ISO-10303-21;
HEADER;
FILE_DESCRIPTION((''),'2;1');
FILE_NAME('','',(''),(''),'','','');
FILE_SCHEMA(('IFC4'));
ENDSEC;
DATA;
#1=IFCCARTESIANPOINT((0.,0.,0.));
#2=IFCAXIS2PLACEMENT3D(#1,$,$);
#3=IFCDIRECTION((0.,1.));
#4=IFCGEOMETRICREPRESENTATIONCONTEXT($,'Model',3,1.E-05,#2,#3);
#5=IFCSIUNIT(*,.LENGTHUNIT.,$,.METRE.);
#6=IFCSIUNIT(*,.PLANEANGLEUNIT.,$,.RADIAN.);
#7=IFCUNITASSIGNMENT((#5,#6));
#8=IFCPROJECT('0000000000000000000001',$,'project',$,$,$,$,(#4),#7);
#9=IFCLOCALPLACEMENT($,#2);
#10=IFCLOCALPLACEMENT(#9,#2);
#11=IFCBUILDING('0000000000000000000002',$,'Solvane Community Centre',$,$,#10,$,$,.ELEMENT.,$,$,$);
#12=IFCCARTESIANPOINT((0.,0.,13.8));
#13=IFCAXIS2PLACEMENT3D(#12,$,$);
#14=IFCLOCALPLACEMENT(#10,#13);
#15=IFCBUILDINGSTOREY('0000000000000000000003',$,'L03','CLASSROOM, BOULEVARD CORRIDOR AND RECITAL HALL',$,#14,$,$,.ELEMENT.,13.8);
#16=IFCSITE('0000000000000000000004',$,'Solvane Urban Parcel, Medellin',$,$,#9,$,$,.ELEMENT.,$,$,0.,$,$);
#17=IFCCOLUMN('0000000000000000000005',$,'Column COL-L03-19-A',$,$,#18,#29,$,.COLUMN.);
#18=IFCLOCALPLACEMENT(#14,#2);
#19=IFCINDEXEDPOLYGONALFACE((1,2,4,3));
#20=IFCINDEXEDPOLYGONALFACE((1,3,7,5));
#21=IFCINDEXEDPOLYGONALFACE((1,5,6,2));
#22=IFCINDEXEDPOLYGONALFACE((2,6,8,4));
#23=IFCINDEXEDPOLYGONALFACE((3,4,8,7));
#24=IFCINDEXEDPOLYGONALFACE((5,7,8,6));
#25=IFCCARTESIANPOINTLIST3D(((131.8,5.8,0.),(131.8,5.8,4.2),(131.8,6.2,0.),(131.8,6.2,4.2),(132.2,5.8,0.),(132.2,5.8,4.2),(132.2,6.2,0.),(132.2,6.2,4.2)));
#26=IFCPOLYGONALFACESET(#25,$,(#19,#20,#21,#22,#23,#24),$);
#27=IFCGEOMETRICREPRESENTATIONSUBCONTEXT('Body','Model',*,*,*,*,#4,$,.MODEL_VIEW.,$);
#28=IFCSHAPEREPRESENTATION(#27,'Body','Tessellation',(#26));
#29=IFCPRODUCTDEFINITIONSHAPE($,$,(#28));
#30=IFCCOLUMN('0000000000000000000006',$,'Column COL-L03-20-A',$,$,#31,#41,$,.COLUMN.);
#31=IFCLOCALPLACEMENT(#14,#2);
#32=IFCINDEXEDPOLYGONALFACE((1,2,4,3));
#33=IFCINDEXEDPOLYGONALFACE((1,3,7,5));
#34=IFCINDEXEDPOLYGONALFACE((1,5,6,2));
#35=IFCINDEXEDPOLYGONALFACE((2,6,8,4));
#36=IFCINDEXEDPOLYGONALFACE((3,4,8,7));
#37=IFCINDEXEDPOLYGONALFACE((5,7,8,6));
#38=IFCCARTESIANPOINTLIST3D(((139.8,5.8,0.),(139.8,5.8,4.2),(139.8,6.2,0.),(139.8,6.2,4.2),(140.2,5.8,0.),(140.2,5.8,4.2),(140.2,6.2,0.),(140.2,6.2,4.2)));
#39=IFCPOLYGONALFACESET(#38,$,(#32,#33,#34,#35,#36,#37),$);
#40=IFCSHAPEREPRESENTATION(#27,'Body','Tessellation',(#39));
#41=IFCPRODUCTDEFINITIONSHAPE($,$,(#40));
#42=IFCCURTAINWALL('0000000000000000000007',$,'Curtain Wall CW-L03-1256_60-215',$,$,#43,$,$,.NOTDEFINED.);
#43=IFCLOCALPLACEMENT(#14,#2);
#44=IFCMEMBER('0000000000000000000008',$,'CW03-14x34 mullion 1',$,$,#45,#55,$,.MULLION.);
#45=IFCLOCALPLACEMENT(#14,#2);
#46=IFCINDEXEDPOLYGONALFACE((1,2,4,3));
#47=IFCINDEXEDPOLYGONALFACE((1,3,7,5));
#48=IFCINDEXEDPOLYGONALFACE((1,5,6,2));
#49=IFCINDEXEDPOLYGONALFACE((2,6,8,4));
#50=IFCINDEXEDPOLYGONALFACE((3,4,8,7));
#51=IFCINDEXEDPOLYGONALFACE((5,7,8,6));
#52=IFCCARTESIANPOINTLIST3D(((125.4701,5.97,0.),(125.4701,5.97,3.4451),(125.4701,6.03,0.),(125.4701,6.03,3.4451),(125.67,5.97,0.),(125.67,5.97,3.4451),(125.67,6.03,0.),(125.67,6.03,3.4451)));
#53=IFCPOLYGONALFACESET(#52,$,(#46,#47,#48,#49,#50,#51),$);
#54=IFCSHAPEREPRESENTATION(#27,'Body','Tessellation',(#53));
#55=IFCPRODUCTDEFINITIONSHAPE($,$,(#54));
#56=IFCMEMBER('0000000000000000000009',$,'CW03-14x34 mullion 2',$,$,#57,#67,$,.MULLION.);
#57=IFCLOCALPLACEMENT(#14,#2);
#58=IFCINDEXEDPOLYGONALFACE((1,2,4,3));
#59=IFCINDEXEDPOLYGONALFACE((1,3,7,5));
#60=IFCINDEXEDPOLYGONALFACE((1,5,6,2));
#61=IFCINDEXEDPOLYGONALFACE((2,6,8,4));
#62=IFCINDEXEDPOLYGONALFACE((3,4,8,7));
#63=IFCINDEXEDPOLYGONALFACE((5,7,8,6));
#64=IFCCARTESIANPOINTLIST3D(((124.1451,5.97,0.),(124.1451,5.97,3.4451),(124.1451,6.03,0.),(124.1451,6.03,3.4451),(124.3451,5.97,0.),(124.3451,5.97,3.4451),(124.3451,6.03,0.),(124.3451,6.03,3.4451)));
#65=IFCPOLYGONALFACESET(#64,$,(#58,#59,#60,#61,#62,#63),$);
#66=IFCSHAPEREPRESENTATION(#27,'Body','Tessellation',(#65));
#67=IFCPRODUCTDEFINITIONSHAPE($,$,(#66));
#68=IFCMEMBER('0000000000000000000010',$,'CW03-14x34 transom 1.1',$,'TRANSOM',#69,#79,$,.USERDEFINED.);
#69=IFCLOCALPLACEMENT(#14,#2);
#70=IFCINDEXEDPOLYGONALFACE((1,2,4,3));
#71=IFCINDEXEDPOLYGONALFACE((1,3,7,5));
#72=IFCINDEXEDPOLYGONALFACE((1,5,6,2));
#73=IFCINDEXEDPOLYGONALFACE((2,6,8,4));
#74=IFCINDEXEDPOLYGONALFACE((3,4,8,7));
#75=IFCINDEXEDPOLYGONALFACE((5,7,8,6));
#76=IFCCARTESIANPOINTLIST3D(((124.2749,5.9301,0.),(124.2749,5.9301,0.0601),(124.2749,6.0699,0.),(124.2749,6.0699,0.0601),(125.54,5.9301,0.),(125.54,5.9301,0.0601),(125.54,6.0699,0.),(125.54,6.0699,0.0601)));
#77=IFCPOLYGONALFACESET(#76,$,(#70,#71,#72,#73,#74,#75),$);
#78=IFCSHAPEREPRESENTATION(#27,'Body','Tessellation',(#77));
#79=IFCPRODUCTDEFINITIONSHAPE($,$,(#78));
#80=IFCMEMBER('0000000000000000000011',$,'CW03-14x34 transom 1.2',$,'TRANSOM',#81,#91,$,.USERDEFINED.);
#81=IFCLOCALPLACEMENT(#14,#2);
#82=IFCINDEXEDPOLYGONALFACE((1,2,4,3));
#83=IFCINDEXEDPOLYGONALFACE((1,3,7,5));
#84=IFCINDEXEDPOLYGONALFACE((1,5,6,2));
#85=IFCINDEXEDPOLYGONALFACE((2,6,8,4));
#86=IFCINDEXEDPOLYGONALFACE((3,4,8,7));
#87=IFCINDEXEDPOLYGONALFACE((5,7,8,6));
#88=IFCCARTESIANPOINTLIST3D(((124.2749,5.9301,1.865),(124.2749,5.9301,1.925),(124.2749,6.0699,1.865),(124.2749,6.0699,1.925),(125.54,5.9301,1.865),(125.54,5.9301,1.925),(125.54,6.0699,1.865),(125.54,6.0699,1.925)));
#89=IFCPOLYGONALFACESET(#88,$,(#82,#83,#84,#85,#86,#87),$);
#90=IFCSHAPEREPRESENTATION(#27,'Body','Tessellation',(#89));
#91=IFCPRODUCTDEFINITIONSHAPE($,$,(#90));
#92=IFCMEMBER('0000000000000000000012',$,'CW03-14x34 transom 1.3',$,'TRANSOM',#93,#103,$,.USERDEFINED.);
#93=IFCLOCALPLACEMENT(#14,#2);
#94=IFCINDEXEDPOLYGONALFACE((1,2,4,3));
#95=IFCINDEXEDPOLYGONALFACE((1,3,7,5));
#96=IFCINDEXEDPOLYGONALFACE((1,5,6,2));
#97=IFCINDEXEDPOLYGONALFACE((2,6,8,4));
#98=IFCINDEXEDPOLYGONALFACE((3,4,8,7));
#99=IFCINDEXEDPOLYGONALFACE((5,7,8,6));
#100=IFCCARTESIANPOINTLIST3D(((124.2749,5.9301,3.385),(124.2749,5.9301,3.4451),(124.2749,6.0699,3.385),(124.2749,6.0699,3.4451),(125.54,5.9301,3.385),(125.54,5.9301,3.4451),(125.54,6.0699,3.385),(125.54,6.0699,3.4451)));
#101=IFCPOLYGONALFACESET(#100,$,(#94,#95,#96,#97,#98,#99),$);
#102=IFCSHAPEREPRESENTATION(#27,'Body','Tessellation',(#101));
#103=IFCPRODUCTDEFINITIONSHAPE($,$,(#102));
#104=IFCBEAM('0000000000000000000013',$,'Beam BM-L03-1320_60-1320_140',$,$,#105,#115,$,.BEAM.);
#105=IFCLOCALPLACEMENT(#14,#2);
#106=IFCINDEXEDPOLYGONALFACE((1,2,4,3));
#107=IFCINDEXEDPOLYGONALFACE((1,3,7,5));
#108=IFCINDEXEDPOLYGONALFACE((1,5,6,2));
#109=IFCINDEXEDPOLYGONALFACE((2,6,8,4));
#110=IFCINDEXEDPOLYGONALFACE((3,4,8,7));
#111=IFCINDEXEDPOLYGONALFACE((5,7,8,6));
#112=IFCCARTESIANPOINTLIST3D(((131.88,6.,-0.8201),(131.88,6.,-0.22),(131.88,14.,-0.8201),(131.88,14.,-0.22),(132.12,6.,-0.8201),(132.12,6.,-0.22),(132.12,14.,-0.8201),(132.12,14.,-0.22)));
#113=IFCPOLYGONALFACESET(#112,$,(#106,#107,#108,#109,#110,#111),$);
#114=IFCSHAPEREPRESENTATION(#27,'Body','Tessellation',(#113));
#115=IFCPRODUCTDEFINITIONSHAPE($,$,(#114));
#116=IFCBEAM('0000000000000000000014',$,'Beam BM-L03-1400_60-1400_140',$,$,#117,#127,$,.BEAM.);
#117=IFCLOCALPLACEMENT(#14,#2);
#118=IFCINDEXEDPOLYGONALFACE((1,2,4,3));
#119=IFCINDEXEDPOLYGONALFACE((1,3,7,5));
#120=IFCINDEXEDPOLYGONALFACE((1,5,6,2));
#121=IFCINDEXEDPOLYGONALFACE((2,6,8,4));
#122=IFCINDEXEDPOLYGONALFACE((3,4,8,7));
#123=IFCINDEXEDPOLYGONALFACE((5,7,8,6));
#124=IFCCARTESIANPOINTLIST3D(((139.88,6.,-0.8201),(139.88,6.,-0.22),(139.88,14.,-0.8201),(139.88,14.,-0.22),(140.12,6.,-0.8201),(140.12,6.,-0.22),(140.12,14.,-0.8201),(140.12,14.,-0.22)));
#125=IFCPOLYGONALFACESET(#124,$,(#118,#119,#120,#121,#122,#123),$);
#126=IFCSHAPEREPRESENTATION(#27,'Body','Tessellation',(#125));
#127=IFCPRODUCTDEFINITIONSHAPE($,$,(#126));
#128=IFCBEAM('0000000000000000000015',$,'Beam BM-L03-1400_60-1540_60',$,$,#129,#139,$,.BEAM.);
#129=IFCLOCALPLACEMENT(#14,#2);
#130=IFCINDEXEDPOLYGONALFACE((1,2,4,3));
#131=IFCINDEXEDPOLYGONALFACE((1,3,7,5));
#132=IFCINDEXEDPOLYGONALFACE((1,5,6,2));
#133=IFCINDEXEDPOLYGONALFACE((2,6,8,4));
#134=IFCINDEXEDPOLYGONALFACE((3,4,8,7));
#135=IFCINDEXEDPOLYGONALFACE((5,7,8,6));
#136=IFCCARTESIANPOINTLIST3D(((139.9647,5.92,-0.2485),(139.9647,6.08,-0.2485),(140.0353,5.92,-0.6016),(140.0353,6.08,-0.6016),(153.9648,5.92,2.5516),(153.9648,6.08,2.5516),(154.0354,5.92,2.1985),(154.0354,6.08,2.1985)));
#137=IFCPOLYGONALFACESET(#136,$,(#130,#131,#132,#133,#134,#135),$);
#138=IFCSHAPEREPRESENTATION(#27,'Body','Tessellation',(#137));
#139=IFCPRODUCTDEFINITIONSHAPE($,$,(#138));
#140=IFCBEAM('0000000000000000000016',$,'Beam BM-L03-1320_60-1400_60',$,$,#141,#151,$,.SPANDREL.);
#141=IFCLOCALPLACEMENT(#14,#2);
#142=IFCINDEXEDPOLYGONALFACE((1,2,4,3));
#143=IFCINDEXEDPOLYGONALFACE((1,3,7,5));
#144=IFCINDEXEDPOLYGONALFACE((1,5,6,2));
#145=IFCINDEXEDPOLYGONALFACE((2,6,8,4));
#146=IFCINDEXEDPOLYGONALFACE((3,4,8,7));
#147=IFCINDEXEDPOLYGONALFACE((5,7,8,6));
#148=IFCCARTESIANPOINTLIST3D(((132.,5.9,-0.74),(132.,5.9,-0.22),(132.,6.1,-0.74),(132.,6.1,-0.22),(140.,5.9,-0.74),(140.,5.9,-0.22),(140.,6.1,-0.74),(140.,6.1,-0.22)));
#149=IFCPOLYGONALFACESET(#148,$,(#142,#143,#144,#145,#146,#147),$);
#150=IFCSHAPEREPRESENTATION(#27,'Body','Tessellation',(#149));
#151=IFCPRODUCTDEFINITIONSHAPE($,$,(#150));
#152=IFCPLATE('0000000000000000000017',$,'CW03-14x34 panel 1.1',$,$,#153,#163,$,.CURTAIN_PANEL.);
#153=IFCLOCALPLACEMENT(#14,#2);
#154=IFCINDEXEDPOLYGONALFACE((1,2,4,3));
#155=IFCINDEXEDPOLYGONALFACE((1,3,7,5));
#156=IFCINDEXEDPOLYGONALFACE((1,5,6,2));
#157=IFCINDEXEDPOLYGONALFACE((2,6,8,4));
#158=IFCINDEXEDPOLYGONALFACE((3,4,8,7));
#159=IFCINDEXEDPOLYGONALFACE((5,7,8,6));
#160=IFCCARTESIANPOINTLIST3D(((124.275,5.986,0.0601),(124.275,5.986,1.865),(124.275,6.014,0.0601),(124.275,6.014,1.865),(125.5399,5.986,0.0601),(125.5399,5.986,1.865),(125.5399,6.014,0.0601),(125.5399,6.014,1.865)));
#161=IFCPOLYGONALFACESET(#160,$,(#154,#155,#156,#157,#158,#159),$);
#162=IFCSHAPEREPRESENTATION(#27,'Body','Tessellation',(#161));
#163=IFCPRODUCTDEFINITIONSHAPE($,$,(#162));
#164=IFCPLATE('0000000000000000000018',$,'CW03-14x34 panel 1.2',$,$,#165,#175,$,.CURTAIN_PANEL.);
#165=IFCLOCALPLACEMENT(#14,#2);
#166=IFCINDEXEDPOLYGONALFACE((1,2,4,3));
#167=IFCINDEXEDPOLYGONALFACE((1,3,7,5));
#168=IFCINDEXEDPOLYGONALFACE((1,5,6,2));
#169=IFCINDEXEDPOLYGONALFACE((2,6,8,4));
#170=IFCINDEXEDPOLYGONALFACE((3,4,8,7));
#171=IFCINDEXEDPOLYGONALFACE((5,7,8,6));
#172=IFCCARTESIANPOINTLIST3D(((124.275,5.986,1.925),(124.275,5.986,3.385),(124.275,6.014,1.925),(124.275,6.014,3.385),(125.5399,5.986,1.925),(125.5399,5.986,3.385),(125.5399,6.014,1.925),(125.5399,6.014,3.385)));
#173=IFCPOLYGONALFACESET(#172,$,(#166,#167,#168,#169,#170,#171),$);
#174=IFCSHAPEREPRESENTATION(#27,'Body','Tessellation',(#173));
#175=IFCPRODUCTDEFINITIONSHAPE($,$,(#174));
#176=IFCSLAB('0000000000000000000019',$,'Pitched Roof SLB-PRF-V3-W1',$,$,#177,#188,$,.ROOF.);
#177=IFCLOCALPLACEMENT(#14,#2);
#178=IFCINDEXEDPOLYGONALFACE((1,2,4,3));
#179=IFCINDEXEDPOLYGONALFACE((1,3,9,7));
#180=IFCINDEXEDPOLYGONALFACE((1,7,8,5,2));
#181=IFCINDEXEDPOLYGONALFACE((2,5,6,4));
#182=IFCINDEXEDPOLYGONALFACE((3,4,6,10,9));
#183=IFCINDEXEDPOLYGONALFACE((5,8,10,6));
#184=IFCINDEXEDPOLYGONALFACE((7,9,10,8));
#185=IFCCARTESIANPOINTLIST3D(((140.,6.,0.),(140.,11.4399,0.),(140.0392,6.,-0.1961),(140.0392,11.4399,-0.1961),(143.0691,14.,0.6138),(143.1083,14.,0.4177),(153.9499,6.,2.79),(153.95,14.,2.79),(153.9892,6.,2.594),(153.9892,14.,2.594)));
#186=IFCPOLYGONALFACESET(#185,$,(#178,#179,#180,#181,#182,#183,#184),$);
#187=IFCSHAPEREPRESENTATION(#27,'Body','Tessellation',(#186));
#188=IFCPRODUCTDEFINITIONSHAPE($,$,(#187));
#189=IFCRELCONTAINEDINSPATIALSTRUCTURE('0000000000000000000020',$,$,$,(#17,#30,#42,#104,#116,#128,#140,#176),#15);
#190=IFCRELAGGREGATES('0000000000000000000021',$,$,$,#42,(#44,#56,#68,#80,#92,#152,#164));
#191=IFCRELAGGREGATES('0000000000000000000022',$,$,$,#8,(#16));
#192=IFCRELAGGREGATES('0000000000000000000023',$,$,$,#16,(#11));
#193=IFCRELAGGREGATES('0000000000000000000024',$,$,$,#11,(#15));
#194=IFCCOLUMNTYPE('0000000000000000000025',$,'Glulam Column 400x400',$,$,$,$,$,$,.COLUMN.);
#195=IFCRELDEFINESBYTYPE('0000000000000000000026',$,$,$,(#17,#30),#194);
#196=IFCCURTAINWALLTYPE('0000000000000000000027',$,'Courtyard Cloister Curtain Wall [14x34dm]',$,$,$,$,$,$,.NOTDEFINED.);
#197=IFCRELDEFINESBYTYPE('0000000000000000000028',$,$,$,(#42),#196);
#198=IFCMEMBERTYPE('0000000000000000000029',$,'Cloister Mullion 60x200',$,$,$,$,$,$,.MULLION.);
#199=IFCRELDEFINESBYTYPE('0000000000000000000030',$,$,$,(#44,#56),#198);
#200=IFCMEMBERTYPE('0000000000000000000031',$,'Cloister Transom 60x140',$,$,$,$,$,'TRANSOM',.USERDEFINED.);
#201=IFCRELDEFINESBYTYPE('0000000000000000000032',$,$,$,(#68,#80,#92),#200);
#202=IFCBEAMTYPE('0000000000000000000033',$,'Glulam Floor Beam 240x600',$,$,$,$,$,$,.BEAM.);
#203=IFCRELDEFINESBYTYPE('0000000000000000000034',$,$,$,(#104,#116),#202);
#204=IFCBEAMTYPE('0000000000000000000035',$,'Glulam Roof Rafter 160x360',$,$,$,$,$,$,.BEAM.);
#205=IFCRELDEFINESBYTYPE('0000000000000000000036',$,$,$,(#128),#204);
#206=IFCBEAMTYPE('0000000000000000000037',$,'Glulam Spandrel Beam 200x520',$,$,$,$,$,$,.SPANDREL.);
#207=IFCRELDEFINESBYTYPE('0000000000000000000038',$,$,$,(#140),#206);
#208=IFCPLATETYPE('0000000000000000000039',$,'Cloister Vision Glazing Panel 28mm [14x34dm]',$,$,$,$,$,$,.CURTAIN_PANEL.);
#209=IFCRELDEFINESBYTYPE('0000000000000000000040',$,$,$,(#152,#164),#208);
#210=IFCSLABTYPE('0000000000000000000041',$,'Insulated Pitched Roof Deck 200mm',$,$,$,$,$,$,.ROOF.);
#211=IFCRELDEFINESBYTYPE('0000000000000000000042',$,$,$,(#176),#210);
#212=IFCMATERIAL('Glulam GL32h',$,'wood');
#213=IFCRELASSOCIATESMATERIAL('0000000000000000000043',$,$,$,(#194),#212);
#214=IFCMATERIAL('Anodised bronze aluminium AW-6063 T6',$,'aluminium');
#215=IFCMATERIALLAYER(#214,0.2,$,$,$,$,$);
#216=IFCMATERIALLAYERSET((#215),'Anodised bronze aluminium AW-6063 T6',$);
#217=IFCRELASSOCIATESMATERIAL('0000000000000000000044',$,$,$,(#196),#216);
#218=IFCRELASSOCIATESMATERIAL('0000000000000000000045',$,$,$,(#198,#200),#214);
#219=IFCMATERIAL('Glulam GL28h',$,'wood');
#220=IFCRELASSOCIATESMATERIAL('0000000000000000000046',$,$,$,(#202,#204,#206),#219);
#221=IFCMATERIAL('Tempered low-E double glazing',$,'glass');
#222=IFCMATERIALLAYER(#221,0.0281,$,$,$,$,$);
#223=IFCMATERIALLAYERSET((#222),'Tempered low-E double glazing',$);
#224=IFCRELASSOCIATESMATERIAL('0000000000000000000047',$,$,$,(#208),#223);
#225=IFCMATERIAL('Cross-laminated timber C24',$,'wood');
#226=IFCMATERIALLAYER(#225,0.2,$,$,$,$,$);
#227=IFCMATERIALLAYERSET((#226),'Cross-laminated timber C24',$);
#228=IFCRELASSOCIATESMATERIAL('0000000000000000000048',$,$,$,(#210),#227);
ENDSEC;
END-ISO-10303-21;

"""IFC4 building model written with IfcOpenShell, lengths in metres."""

from ifc_helpers import new_model, si_unit, direction, frame, origin, origin_2d, place, context, subcontext, project, spatial, polyline, rectangle, outline, extrude, material, layer, layer_set, material_profile, profile_set, type_object, element, aggregate, save


model = new_model("IFC4")

# Units and contexts
model_context = context("Model", 3, precision=1e-05, world=origin(), true_north=direction((0.0, 1.0)))
body_context = subcontext(model_context, "Body", "Model", "MODEL_VIEW")
ifc_project = project(units=[si_unit("LENGTHUNIT", "METRE"), si_unit("PLANEANGLEUNIT", "RADIAN")], contexts=[model_context])

# Site, building, storey
site_placement = place(None, origin())
site = spatial("IfcSite", under=ifc_project, at=site_placement, Name="Solvane Urban Parcel, Medellin", CompositionType="ELEMENT", RefElevation=0.0)
building_placement = place(site_placement, origin())
building = spatial("IfcBuilding", under=site, at=building_placement, Name="Solvane Community Centre", CompositionType="ELEMENT")
storey_placement = place(building_placement, frame((0.0, 0.0, 13.8)))
storey = spatial("IfcBuildingStorey", under=building, at=storey_placement, Name="L03", Description="CLASSROOM, BOULEVARD CORRIDOR AND RECITAL HALL", CompositionType="ELEMENT", Elevation=13.8)

# Columns
ifc_material_1 = material(Name="Glulam GL32h", Category="wood")
ifc_material_profile_1 = material_profile(ifc_material_1, rectangle(XDim=0.3999, YDim=0.3999, at=origin_2d()), Name="GL32h 400x400")
ifc_profile_set_1 = profile_set([ifc_material_profile_1], Name="Glulam GL32h")
column_type = type_object("IfcColumnType", Name="Glulam Column 400x400", PredefinedType="COLUMN", material=ifc_profile_set_1)
for number, where, z_axis, x_axis, name in (
    (1, (132.0, 6.0, 0.0), (0.0, 0.0, 1.0), (1.0, 0.0, 0.0), "Column COL-L03-19-A"),
    (2, (140.0, 6.0, 0.0), (0.0, 0.0, 1.0), (1.0, 0.0, 0.0), "Column COL-L03-20-A"),
):
    element("IfcColumn", number, at=place(storey_placement, frame(where, z_axis=z_axis, x_axis=x_axis)), inside=storey, type_object=column_type, Name=name, PredefinedType="COLUMN", context=body_context, shape_type="SweptSolid", body=[
        extrude(rectangle(XDim=0.3999, YDim=0.3999, at=origin_2d()), origin(), (0.0, 0.0, 1.0), 4.2),
    ])

# Curtain wall, members
ifc_material_2 = material(Name="Anodised bronze aluminium AW-6063 T6", Category="aluminium")
ifc_layer_1 = layer(ifc_material_2, 0.2)
ifc_layer_set_1 = layer_set([ifc_layer_1], Name="Anodised bronze aluminium AW-6063 T6")
curtain_wall_type = type_object("IfcCurtainWallType", Name="Courtyard Cloister Curtain Wall [14x34dm]", PredefinedType="NOTDEFINED", material=ifc_layer_set_1)
curtain_wall_placement = place(storey_placement, origin())
curtain_wall = element("IfcCurtainWall", 3, at=curtain_wall_placement, inside=storey, type_object=curtain_wall_type, Name="Curtain Wall CW-L03-1256_60-215", PredefinedType="NOTDEFINED")
ifc_material_profile_2 = material_profile(ifc_material_2, rectangle(XDim=0.0601, YDim=0.2, at=origin_2d()), Name="CW-M 60x200")
ifc_profile_set_2 = profile_set([ifc_material_profile_2], Name="Anodised bronze aluminium AW-6063 T6")
member_type_1 = type_object("IfcMemberType", Name="Cloister Mullion 60x200", PredefinedType="MULLION", material=ifc_profile_set_2)
member_1_placement = place(storey_placement, frame((125.5701, 6.0, 0.0), z_axis=(0.0, 0.0, 1.0), x_axis=(0.0, -1.0, 0.0)))
member_1 = element("IfcMember", 4, at=member_1_placement, type_object=member_type_1, Name="CW03-14x34 mullion 1", PredefinedType="MULLION", context=body_context, shape_type="SweptSolid", body=[
    extrude(rectangle(XDim=0.0601, YDim=0.2, at=origin_2d()), origin(), (0.0, 0.0, 1.0), 3.4451),
])
member_2_placement = place(storey_placement, frame((124.2451, 6.0, 0.0), z_axis=(0.0, 0.0, 1.0), x_axis=(0.0, -1.0, 0.0)))
member_2 = element("IfcMember", 5, at=member_2_placement, type_object=member_type_1, Name="CW03-14x34 mullion 2", PredefinedType="MULLION", context=body_context, shape_type="SweptSolid", body=[
    extrude(rectangle(XDim=0.0601, YDim=0.2, at=origin_2d()), origin(), (0.0, 0.0, 1.0), 3.4451),
])
ifc_material_profile_3 = material_profile(ifc_material_2, rectangle(XDim=0.1399, YDim=0.0601, at=origin_2d()), Name="CW-T 60x140")
ifc_profile_set_3 = profile_set([ifc_material_profile_3], Name="Anodised bronze aluminium AW-6063 T6")
member_type_2 = type_object("IfcMemberType", Name="Cloister Transom 60x140", ElementType="TRANSOM", PredefinedType="USERDEFINED", material=ifc_profile_set_3)
member_3_placement = place(storey_placement, frame((125.54, 6.0, 0.03), z_axis=(-1.0, 0.0, 0.0), x_axis=(0.0, -1.0, 0.0)))
member_3 = element("IfcMember", 6, at=member_3_placement, type_object=member_type_2, Name="CW03-14x34 transom 1.1", ObjectType="TRANSOM", PredefinedType="USERDEFINED", context=body_context, shape_type="SweptSolid", body=[
    extrude(rectangle(XDim=0.1399, YDim=0.0601, at=origin_2d()), origin(), (0.0, 0.0, 1.0), 1.2651),
])
member_4_placement = place(storey_placement, frame((125.54, 6.0, 1.895), z_axis=(-1.0, 0.0, 0.0), x_axis=(0.0, -1.0, 0.0)))
member_4 = element("IfcMember", 7, at=member_4_placement, type_object=member_type_2, Name="CW03-14x34 transom 1.2", ObjectType="TRANSOM", PredefinedType="USERDEFINED", context=body_context, shape_type="SweptSolid", body=[
    extrude(rectangle(XDim=0.1399, YDim=0.0601, at=origin_2d()), origin(), (0.0, 0.0, 1.0), 1.2651),
])
member_5_placement = place(storey_placement, frame((125.54, 6.0, 3.415), z_axis=(-1.0, 0.0, 0.0), x_axis=(0.0, -1.0, 0.0)))
member_5 = element("IfcMember", 8, at=member_5_placement, type_object=member_type_2, Name="CW03-14x34 transom 1.3", ObjectType="TRANSOM", PredefinedType="USERDEFINED", context=body_context, shape_type="SweptSolid", body=[
    extrude(rectangle(XDim=0.1399, YDim=0.0601, at=origin_2d()), origin(), (0.0, 0.0, 1.0), 1.2651),
])

# Beams
ifc_material_3 = material(Name="Glulam GL28h", Category="wood")
ifc_material_profile_4 = material_profile(ifc_material_3, rectangle(XDim=0.24, YDim=0.6001, at=origin_2d()), Name="GL28h 240x600")
ifc_profile_set_4 = profile_set([ifc_material_profile_4], Name="Glulam GL28h")
beam_type_1 = type_object("IfcBeamType", Name="Glulam Floor Beam 240x600", PredefinedType="BEAM", material=ifc_profile_set_4)
for number, where, z_axis, x_axis, name in (
    (9, (132.0, 6.0, -0.52), (0.0, 1.0, 0.0), (-1.0, 0.0, 0.0), "Beam BM-L03-1320_60-1320_140"),
    (10, (140.0, 6.0, -0.52), (0.0, 1.0, 0.0), (-1.0, 0.0, 0.0), "Beam BM-L03-1400_60-1400_140"),
):
    element("IfcBeam", number, at=place(storey_placement, frame(where, z_axis=z_axis, x_axis=x_axis)), inside=storey, type_object=beam_type_1, Name=name, PredefinedType="BEAM", context=body_context, shape_type="SweptSolid", body=[
        extrude(rectangle(XDim=0.24, YDim=0.6001, at=origin_2d()), origin(), (0.0, 0.0, 1.0), 8.0),
    ])
ifc_material_profile_5 = material_profile(ifc_material_3, rectangle(XDim=0.1599, YDim=0.3601, at=origin_2d()), Name="GL28h 160x360")
ifc_profile_set_5 = profile_set([ifc_material_profile_5], Name="Glulam GL28h")
beam_type_2 = type_object("IfcBeamType", Name="Glulam Roof Rafter 160x360", PredefinedType="BEAM", material=ifc_profile_set_5)
beam_1_placement = place(storey_placement, frame((140.0, 6.0, -0.425), z_axis=(0.98058, 0.0, 0.196119), x_axis=(0.0, 1.0, 0.0)))
element("IfcBeam", 11, at=beam_1_placement, inside=storey, type_object=beam_type_2, Name="Beam BM-L03-1400_60-1540_60", PredefinedType="BEAM", context=body_context, shape_type="SweptSolid", body=[
    extrude(rectangle(XDim=0.1599, YDim=0.3601, at=origin_2d()), origin(), (0.0, 0.0, 1.0), 14.2773),
])
ifc_material_profile_6 = material_profile(ifc_material_3, rectangle(XDim=0.2, YDim=0.52, at=origin_2d()), Name="GL28h 200x520")
ifc_profile_set_6 = profile_set([ifc_material_profile_6], Name="Glulam GL28h")
beam_type_3 = type_object("IfcBeamType", Name="Glulam Spandrel Beam 200x520", PredefinedType="SPANDREL", material=ifc_profile_set_6)
beam_2_placement = place(storey_placement, frame((132.0, 6.0, -0.48), z_axis=(1.0, 0.0, 0.0), x_axis=(0.0, 1.0, 0.0)))
element("IfcBeam", 12, at=beam_2_placement, inside=storey, type_object=beam_type_3, Name="Beam BM-L03-1320_60-1400_60", PredefinedType="SPANDREL", context=body_context, shape_type="SweptSolid", body=[
    extrude(rectangle(XDim=0.2, YDim=0.52, at=origin_2d()), origin(), (0.0, 0.0, 1.0), 8.0),
])

# Plates
ifc_material_4 = material(Name="Tempered low-E double glazing", Category="glass")
ifc_layer_2 = layer(ifc_material_4, 0.0281)
ifc_layer_set_2 = layer_set([ifc_layer_2], Name="Tempered low-E double glazing")
plate_type = type_object("IfcPlateType", Name="Cloister Vision Glazing Panel 28mm [14x34dm]", PredefinedType="CURTAIN_PANEL", material=ifc_layer_set_2)
plate_1_placement = place(storey_placement, frame((124.9075, 6.0, 0.0601), z_axis=(0.0, 0.0, 1.0), x_axis=(-1.0, 0.0, 0.0)))
plate_1 = element("IfcPlate", 13, at=plate_1_placement, type_object=plate_type, Name="CW03-14x34 panel 1.1", PredefinedType="CURTAIN_PANEL", context=body_context, shape_type="SweptSolid", body=[
    extrude(rectangle(XDim=1.2649, YDim=0.0281, at=origin_2d()), origin(), (0.0, 0.0, 1.0), 1.8049),
])
plate_2_placement = place(storey_placement, frame((124.9075, 6.0, 1.925), z_axis=(0.0, 0.0, 1.0), x_axis=(-1.0, 0.0, 0.0)))
plate_2 = element("IfcPlate", 14, at=plate_2_placement, type_object=plate_type, Name="CW03-14x34 panel 1.2", PredefinedType="CURTAIN_PANEL", context=body_context, shape_type="SweptSolid", body=[
    extrude(rectangle(XDim=1.2649, YDim=0.0281, at=origin_2d()), origin(), (0.0, 0.0, 1.0), 1.46),
])
aggregate(curtain_wall, [member_1, member_2, member_3, member_4, member_5, plate_1, plate_2])

# Slab
ifc_material_5 = material(Name="Cross-laminated timber C24", Category="wood")
ifc_layer_3 = layer(ifc_material_5, 0.2)
ifc_layer_set_3 = layer_set([ifc_layer_3], Name="Cross-laminated timber C24")
slab_type = type_object("IfcSlabType", Name="Insulated Pitched Roof Deck 200mm", PredefinedType="ROOF", material=ifc_layer_set_3)
slab_placement = place(storey_placement, frame((140.0, 6.0, 0.0), z_axis=(-0.19612, 0.000004, 0.98058), x_axis=(0.98058, 0.0, 0.19612)))
element("IfcSlab", 15, at=slab_placement, inside=storey, type_object=slab_type, Name="Pitched Roof SLB-PRF-V3-W1", PredefinedType="ROOF", context=body_context, shape_type="SweptSolid", body=[
    extrude(outline(polyline([(0.0, 0.0), (14.2262, 0.0), (14.2262, 8.0), (3.1299, 8.0), (0.0, 5.4399), (0.0, 0.0)])), origin(), (0.0, 0.0, -1.0), 0.2),
])

save(model, "model.ifc")
